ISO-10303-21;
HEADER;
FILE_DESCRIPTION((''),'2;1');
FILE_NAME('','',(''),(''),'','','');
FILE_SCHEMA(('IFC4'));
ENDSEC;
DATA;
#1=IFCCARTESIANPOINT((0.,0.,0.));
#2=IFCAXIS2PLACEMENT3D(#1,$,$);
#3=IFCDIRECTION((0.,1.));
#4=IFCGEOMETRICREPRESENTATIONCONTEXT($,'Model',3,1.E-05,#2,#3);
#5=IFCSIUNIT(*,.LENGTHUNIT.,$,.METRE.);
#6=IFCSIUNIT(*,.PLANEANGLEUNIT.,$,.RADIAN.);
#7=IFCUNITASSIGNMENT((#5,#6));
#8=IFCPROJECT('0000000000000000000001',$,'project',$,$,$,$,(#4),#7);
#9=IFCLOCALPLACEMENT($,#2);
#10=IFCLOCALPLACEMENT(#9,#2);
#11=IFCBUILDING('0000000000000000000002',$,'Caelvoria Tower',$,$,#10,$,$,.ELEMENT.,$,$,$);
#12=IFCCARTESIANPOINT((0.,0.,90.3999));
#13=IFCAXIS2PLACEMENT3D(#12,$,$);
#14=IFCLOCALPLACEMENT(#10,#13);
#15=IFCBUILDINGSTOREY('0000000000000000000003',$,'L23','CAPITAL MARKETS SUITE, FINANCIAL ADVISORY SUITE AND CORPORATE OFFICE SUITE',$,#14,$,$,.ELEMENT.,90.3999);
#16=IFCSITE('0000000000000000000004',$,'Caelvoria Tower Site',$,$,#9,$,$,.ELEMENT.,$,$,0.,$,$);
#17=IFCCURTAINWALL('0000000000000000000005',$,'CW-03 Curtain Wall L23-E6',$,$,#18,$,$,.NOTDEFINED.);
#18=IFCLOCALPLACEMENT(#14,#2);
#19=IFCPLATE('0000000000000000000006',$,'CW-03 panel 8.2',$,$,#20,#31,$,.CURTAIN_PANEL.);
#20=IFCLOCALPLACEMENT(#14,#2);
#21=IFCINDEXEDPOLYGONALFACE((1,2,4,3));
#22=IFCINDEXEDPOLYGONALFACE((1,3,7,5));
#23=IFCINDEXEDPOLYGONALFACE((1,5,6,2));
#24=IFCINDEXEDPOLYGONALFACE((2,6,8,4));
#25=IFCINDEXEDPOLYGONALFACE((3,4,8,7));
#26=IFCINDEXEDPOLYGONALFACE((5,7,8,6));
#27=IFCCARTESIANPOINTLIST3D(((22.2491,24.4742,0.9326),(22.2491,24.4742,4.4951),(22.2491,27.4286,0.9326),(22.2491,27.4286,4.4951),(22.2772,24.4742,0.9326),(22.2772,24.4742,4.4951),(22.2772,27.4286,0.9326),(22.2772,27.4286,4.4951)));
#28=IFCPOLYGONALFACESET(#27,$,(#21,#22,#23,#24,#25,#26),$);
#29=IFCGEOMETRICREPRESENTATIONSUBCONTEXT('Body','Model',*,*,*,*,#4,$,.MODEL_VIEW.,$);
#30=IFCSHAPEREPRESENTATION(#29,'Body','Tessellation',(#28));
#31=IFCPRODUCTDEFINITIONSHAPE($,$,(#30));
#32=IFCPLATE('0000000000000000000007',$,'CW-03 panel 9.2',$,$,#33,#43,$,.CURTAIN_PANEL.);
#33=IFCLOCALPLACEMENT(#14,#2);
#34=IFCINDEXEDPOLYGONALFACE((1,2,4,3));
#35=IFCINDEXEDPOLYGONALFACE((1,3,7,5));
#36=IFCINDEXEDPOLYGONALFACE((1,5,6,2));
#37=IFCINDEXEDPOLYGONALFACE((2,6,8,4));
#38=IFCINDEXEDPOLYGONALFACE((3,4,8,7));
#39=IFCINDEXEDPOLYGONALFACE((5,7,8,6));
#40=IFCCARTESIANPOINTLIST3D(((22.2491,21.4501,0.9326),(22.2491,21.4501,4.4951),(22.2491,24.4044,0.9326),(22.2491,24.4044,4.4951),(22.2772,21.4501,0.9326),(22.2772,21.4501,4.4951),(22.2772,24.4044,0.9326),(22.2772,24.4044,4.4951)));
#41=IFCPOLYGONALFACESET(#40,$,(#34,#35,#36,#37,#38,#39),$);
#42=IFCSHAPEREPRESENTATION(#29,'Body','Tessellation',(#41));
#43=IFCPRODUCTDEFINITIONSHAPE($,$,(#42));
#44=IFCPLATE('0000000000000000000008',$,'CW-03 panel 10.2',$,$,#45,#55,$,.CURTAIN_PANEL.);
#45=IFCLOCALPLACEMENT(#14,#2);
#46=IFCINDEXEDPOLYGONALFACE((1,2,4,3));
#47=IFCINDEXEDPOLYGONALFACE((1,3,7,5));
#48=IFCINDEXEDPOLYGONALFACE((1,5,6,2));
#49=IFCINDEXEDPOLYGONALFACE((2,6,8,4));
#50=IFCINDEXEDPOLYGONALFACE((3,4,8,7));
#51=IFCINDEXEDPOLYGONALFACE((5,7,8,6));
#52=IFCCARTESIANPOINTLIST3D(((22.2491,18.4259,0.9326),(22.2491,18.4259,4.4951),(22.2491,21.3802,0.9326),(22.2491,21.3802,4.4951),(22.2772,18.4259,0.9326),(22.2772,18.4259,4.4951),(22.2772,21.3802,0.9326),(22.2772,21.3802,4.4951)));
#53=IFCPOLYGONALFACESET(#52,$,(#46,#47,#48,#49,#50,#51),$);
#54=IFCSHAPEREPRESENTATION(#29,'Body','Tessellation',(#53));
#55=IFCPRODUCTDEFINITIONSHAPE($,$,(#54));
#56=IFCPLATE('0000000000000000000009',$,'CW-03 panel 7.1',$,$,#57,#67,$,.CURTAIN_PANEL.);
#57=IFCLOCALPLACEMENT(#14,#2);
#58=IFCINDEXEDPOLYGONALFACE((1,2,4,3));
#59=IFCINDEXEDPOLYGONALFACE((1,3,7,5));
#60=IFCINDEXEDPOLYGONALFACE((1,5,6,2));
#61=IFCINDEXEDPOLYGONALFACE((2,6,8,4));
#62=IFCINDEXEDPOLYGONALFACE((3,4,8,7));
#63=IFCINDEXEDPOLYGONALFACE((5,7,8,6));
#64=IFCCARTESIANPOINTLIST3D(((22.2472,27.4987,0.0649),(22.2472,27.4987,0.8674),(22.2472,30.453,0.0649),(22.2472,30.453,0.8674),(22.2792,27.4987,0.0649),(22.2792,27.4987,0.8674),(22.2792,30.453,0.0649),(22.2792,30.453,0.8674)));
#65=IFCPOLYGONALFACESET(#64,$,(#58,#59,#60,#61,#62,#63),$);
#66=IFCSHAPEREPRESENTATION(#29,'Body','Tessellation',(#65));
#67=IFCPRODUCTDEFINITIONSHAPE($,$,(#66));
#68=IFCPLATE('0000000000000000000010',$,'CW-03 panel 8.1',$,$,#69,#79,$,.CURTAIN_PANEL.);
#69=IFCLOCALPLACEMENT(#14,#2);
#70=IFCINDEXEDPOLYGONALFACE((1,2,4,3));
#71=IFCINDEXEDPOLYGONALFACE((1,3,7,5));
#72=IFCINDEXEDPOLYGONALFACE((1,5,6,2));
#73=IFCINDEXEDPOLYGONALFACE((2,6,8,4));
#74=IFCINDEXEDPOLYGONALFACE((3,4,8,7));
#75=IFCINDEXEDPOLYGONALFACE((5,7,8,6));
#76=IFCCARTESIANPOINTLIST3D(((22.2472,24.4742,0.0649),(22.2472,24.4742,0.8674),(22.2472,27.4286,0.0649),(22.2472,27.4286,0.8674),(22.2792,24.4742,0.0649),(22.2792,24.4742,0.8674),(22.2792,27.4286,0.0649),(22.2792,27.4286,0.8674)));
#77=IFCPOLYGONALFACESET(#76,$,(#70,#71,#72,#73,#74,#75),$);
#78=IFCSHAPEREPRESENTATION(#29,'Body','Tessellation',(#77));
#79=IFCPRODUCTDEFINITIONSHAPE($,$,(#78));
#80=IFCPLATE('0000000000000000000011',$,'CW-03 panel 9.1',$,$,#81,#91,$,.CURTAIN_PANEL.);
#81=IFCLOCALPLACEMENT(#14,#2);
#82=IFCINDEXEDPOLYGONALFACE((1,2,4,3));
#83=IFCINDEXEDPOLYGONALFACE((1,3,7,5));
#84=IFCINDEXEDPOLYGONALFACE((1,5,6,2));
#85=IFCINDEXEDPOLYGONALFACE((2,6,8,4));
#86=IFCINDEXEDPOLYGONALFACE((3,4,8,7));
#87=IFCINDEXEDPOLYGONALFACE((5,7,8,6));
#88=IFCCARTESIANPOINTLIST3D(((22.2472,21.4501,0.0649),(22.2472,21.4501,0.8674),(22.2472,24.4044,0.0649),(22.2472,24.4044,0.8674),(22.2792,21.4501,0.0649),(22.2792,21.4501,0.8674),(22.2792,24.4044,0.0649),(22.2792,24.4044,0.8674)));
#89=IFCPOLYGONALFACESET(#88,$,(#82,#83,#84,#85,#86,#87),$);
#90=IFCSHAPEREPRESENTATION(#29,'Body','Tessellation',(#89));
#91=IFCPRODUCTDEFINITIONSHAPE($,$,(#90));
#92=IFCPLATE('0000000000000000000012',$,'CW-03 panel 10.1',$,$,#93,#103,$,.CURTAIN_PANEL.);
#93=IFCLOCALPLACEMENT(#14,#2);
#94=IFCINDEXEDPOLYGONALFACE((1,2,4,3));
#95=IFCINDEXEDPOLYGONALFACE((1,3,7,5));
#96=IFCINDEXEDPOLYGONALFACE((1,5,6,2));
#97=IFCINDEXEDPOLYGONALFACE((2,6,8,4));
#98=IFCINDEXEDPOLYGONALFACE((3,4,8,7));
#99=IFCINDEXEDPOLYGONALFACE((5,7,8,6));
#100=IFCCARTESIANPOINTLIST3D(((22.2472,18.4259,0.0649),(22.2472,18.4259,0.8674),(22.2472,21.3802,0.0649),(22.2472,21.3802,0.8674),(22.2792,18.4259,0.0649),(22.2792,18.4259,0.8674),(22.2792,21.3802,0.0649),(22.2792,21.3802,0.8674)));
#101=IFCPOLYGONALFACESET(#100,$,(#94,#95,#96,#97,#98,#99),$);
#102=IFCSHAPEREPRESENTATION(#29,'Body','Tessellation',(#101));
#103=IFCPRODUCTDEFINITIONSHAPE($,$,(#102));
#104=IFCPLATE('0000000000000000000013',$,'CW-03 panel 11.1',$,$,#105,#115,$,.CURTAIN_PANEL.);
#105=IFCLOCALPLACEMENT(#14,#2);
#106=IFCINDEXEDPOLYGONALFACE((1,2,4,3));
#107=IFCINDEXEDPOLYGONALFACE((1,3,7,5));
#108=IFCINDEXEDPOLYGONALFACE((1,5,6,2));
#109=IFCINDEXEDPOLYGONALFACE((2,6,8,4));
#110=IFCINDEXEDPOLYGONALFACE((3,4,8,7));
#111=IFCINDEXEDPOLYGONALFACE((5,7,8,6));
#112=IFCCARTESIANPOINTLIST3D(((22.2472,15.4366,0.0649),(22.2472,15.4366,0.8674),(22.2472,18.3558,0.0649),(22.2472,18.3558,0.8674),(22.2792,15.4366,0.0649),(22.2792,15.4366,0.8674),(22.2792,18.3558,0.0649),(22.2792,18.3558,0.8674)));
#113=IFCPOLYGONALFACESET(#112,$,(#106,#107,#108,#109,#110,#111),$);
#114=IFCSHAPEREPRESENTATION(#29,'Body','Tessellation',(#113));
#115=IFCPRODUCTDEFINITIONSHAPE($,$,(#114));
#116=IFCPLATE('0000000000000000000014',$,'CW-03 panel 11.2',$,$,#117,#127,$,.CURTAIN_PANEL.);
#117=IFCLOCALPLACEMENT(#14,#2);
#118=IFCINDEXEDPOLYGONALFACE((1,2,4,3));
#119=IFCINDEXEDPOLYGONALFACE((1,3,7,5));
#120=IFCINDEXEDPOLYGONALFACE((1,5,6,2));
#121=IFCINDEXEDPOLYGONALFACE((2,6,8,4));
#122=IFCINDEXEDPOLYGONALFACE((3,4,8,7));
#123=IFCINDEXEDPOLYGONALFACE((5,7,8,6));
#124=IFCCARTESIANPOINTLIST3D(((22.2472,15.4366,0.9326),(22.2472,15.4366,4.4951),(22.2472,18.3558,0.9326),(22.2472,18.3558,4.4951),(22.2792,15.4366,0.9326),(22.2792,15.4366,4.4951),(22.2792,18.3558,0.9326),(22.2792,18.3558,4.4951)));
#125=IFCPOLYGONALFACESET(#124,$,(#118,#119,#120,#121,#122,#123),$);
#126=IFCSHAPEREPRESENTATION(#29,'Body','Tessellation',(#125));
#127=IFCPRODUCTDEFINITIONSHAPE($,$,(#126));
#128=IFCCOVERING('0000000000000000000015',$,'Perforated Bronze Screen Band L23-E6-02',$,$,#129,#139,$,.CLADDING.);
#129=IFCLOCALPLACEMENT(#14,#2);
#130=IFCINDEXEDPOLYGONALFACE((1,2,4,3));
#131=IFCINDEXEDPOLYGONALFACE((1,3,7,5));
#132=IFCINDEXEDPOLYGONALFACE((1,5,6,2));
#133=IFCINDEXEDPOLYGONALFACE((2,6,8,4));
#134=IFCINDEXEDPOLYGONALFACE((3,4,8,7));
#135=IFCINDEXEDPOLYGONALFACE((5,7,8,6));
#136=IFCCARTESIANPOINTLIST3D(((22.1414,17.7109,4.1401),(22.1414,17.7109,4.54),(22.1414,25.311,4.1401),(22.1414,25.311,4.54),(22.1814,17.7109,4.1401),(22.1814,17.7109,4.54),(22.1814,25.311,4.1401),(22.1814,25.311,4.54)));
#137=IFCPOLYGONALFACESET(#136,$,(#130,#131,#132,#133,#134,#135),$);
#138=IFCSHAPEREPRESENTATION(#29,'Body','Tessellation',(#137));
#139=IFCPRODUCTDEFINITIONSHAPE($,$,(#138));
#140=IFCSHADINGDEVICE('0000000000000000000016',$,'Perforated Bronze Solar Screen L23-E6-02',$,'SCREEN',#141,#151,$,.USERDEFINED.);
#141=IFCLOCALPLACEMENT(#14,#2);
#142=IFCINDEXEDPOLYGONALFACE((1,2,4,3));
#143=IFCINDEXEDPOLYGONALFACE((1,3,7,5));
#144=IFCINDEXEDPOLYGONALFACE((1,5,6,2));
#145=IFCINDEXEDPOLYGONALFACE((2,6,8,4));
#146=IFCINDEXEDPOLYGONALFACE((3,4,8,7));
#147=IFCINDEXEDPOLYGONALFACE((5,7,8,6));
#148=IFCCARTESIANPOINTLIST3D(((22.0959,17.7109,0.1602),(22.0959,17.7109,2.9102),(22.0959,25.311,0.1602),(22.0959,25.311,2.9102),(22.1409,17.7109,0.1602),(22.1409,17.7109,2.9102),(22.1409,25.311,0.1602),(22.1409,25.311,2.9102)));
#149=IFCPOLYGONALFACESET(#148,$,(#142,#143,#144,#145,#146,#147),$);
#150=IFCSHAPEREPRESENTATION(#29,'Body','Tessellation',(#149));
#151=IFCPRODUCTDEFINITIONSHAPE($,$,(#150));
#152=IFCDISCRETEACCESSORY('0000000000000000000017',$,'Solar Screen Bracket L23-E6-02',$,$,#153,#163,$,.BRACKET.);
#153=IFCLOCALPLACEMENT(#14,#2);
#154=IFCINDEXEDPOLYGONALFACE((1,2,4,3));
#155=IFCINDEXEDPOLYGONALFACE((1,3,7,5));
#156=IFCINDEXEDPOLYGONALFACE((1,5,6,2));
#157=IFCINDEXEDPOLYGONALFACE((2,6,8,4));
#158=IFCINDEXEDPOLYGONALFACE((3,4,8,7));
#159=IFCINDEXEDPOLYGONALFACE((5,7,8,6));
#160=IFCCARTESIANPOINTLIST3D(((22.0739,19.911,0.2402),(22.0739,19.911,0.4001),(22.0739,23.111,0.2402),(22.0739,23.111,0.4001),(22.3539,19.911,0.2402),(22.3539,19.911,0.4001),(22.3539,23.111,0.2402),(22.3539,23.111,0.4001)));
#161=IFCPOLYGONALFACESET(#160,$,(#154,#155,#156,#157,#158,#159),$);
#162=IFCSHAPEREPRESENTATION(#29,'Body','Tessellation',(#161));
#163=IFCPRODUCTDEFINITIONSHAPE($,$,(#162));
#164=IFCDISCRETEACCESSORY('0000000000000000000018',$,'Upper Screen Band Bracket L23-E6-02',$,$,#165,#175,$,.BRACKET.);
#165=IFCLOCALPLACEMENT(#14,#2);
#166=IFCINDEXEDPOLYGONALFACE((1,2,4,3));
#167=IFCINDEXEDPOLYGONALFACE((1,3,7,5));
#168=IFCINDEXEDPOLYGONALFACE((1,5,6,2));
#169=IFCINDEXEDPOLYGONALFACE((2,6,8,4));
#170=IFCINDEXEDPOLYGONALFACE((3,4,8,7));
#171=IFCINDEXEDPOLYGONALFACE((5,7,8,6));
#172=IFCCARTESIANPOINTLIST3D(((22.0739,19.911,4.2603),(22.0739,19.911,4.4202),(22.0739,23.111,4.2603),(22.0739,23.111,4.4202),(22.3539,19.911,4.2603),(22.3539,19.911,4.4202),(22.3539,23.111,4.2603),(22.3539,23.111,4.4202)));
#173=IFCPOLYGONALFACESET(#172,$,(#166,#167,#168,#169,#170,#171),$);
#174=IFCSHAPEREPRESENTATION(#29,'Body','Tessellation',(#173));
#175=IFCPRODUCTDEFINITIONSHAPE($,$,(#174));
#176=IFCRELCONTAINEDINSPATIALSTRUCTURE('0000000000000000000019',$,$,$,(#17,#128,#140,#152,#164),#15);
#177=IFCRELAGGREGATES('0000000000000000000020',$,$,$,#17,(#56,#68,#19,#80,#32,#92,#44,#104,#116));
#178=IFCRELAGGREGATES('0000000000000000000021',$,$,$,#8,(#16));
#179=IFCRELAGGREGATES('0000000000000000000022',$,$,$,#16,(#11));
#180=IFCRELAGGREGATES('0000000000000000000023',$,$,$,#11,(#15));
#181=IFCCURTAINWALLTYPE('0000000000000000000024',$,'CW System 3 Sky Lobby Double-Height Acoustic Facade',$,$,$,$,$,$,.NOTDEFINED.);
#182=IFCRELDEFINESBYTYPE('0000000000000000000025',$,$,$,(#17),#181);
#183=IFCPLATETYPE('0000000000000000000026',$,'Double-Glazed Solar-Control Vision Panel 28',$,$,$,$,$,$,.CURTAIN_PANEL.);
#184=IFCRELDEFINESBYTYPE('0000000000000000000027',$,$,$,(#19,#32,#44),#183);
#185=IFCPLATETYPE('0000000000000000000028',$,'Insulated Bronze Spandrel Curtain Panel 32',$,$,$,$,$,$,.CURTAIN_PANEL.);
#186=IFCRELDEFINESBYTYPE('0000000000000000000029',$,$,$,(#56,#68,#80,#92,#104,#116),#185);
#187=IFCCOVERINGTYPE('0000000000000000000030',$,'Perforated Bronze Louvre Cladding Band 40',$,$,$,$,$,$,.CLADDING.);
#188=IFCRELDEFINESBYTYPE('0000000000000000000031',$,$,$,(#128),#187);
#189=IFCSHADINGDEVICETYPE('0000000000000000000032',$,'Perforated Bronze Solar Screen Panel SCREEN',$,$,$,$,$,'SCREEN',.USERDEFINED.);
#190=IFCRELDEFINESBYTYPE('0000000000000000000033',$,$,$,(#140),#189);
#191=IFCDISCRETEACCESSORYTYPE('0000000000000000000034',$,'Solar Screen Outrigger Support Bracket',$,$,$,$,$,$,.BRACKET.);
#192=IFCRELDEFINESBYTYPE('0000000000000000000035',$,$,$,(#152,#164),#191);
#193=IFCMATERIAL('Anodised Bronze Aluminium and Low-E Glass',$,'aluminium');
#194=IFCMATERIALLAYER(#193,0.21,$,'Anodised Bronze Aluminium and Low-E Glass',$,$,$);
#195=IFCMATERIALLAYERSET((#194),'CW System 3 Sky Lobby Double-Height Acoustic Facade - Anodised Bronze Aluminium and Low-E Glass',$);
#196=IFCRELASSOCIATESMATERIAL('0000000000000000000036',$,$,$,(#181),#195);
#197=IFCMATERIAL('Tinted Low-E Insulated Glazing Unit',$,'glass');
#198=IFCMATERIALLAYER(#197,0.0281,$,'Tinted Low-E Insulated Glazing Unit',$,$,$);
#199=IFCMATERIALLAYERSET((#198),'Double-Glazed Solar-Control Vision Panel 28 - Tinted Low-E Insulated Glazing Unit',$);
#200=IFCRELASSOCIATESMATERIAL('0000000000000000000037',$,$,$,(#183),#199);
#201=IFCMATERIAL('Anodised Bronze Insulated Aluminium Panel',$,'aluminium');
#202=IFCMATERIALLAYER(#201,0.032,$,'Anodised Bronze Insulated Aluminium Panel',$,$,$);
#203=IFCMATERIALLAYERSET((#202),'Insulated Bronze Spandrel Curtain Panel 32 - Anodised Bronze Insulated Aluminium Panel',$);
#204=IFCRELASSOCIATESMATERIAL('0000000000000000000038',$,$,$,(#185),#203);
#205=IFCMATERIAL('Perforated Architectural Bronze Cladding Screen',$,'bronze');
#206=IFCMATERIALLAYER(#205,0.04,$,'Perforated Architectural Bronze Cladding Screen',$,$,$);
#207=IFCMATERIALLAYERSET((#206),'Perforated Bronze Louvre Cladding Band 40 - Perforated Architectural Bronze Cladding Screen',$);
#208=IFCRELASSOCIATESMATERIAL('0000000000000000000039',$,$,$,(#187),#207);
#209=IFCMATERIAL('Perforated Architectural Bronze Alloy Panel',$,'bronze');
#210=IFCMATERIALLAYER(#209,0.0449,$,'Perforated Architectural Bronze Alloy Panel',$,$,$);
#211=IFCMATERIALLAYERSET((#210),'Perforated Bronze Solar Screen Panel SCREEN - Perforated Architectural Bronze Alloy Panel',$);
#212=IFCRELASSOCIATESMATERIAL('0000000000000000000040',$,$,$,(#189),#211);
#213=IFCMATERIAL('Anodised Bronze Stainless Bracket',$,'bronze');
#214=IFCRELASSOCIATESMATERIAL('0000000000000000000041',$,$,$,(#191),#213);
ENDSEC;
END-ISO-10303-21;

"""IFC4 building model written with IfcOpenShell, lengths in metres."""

from ifc_helpers import new_model, si_unit, direction, frame, origin, origin_2d, place, context, subcontext, project, spatial, rectangle, extrude, material, layer, layer_set, type_object, element, aggregate, save


model = new_model("IFC4")

# Units and contexts
model_context = context("Model", 3, precision=1e-05, world=origin(), true_north=direction((0.0, 1.0)))
body_context = subcontext(model_context, "Body", "Model", "MODEL_VIEW")
ifc_project = project(units=[si_unit("LENGTHUNIT", "METRE"), si_unit("PLANEANGLEUNIT", "RADIAN")], contexts=[model_context])

# Site, building, storey
site_placement = place(None, origin())
site = spatial("IfcSite", under=ifc_project, at=site_placement, Name="Caelvoria Tower Site", CompositionType="ELEMENT", RefElevation=0.0)
building_placement = place(site_placement, origin())
building = spatial("IfcBuilding", under=site, at=building_placement, Name="Caelvoria Tower", CompositionType="ELEMENT")
storey_placement = place(building_placement, frame((0.0, 0.0, 90.3999)))
storey = spatial("IfcBuildingStorey", under=building, at=storey_placement, Name="L23", Description="CAPITAL MARKETS SUITE, FINANCIAL ADVISORY SUITE AND CORPORATE OFFICE SUITE", CompositionType="ELEMENT", Elevation=90.3999)

# Curtain wall
ifc_material_1 = material(Name="Anodised Bronze Aluminium and Low-E Glass", Category="aluminium")
ifc_layer_1 = layer(ifc_material_1, 0.21, Name="Anodised Bronze Aluminium and Low-E Glass")
ifc_layer_set_1 = layer_set([ifc_layer_1], Name="CW System 3 Sky Lobby Double-Height Acoustic Facade - Anodised Bronze Aluminium and Low-E Glass")
curtain_wall_type = type_object("IfcCurtainWallType", Name="CW System 3 Sky Lobby Double-Height Acoustic Facade", PredefinedType="NOTDEFINED", material=ifc_layer_set_1)
curtain_wall_1_placement = place(storey_placement, origin())
curtain_wall_1 = element("IfcCurtainWall", 1, at=curtain_wall_1_placement, inside=storey, type_object=curtain_wall_type, Name="CW-03 Curtain Wall L23-E6", PredefinedType="NOTDEFINED")

# Plates
ifc_material_2 = material(Name="Tinted Low-E Insulated Glazing Unit", Category="glass")
ifc_layer_2 = layer(ifc_material_2, 0.0281, Name="Tinted Low-E Insulated Glazing Unit")
ifc_layer_set_2 = layer_set([ifc_layer_2], Name="Double-Glazed Solar-Control Vision Panel 28 - Tinted Low-E Insulated Glazing Unit")
plate_type_1 = type_object("IfcPlateType", Name="Double-Glazed Solar-Control Vision Panel 28", PredefinedType="CURTAIN_PANEL", material=ifc_layer_set_2)
plate_1_placement = place(storey_placement, frame((22.2632, 25.9514, 0.9326), z_axis=(0.0, 0.0, 1.0), x_axis=(0.0, -1.0, 0.0)))
plate_1 = element("IfcPlate", 2, at=plate_1_placement, type_object=plate_type_1, Name="CW-03 panel 8.2", PredefinedType="CURTAIN_PANEL", context=body_context, shape_type="SweptSolid", body=[
    extrude(rectangle(XDim=2.9543, YDim=0.0281, at=origin_2d()), origin(), (0.0, 0.0, 1.0), 3.5625),
])
plate_2_placement = place(storey_placement, frame((22.2632, 22.9272, 0.9326), z_axis=(0.0, 0.0, 1.0), x_axis=(0.0, -1.0, 0.0)))
plate_2 = element("IfcPlate", 3, at=plate_2_placement, type_object=plate_type_1, Name="CW-03 panel 9.2", PredefinedType="CURTAIN_PANEL", context=body_context, shape_type="SweptSolid", body=[
    extrude(rectangle(XDim=2.9543, YDim=0.0281, at=origin_2d()), origin(), (0.0, 0.0, 1.0), 3.5625),
])
plate_3_placement = place(storey_placement, frame((22.2632, 19.9031, 0.9326), z_axis=(0.0, 0.0, 1.0), x_axis=(0.0, -1.0, 0.0)))
plate_3 = element("IfcPlate", 4, at=plate_3_placement, type_object=plate_type_1, Name="CW-03 panel 10.2", PredefinedType="CURTAIN_PANEL", context=body_context, shape_type="SweptSolid", body=[
    extrude(rectangle(XDim=2.9543, YDim=0.0281, at=origin_2d()), origin(), (0.0, 0.0, 1.0), 3.5625),
])
ifc_material_3 = material(Name="Anodised Bronze Insulated Aluminium Panel", Category="aluminium")
ifc_layer_3 = layer(ifc_material_3, 0.032, Name="Anodised Bronze Insulated Aluminium Panel")
ifc_layer_set_3 = layer_set([ifc_layer_3], Name="Insulated Bronze Spandrel Curtain Panel 32 - Anodised Bronze Insulated Aluminium Panel")
plate_type_2 = type_object("IfcPlateType", Name="Insulated Bronze Spandrel Curtain Panel 32", PredefinedType="CURTAIN_PANEL", material=ifc_layer_set_3)
plate_4_placement = place(storey_placement, frame((22.2632, 28.9758, 0.0649), z_axis=(0.0, 0.0, 1.0), x_axis=(0.0, -1.0, 0.0)))
plate_4 = element("IfcPlate", 5, at=plate_4_placement, type_object=plate_type_2, Name="CW-03 panel 7.1", PredefinedType="CURTAIN_PANEL", context=body_context, shape_type="SweptSolid", body=[
    extrude(rectangle(XDim=2.9543, YDim=0.032, at=origin_2d()), origin(), (0.0, 0.0, 1.0), 0.8025),
])
plate_5_placement = place(storey_placement, frame((22.2632, 25.9514, 0.0649), z_axis=(0.0, 0.0, 1.0), x_axis=(0.0, -1.0, 0.0)))
plate_5 = element("IfcPlate", 6, at=plate_5_placement, type_object=plate_type_2, Name="CW-03 panel 8.1", PredefinedType="CURTAIN_PANEL", context=body_context, shape_type="SweptSolid", body=[
    extrude(rectangle(XDim=2.9543, YDim=0.032, at=origin_2d()), origin(), (0.0, 0.0, 1.0), 0.8025),
])
plate_6_placement = place(storey_placement, frame((22.2632, 22.9272, 0.0649), z_axis=(0.0, 0.0, 1.0), x_axis=(0.0, -1.0, 0.0)))
plate_6 = element("IfcPlate", 7, at=plate_6_placement, type_object=plate_type_2, Name="CW-03 panel 9.1", PredefinedType="CURTAIN_PANEL", context=body_context, shape_type="SweptSolid", body=[
    extrude(rectangle(XDim=2.9543, YDim=0.032, at=origin_2d()), origin(), (0.0, 0.0, 1.0), 0.8025),
])
plate_7_placement = place(storey_placement, frame((22.2632, 19.9031, 0.0649), z_axis=(0.0, 0.0, 1.0), x_axis=(0.0, -1.0, 0.0)))
plate_7 = element("IfcPlate", 8, at=plate_7_placement, type_object=plate_type_2, Name="CW-03 panel 10.1", PredefinedType="CURTAIN_PANEL", context=body_context, shape_type="SweptSolid", body=[
    extrude(rectangle(XDim=2.9543, YDim=0.032, at=origin_2d()), origin(), (0.0, 0.0, 1.0), 0.8025),
])
plate_8_placement = place(storey_placement, frame((22.2632, 16.8962, 0.0649), z_axis=(0.0, 0.0, 1.0), x_axis=(0.0, -1.0, 0.0)))
plate_8 = element("IfcPlate", 9, at=plate_8_placement, type_object=plate_type_2, Name="CW-03 panel 11.1", PredefinedType="CURTAIN_PANEL", context=body_context, shape_type="SweptSolid", body=[
    extrude(rectangle(XDim=2.9192, YDim=0.032, at=origin_2d()), origin(), (0.0, 0.0, 1.0), 0.8025),
])
plate_9_placement = place(storey_placement, frame((22.2632, 16.8962, 0.9326), z_axis=(0.0, 0.0, 1.0), x_axis=(0.0, -1.0, 0.0)))
plate_9 = element("IfcPlate", 10, at=plate_9_placement, type_object=plate_type_2, Name="CW-03 panel 11.2", PredefinedType="CURTAIN_PANEL", context=body_context, shape_type="SweptSolid", body=[
    extrude(rectangle(XDim=2.9192, YDim=0.032, at=origin_2d()), origin(), (0.0, 0.0, 1.0), 3.5625),
])
aggregate(curtain_wall_1, [plate_4, plate_5, plate_1, plate_6, plate_2, plate_7, plate_3, plate_8, plate_9])

# Covering
ifc_material_4 = material(Name="Perforated Architectural Bronze Cladding Screen", Category="bronze")
ifc_layer_4 = layer(ifc_material_4, 0.04, Name="Perforated Architectural Bronze Cladding Screen")
ifc_layer_set_4 = layer_set([ifc_layer_4], Name="Perforated Bronze Louvre Cladding Band 40 - Perforated Architectural Bronze Cladding Screen")
covering_type = type_object("IfcCoveringType", Name="Perforated Bronze Louvre Cladding Band 40", PredefinedType="CLADDING", material=ifc_layer_set_4)
covering_placement = place(storey_placement, frame((22.1614, 21.511, 4.1401), z_axis=(0.0, 0.0, 1.0), x_axis=(0.0, -1.0, 0.0)))
element("IfcCovering", 11, at=covering_placement, inside=storey, type_object=covering_type, Name="Perforated Bronze Screen Band L23-E6-02", PredefinedType="CLADDING", context=body_context, shape_type="SweptSolid", body=[
    extrude(rectangle(XDim=7.6001, YDim=0.04, at=origin_2d()), origin(), (0.0, 0.0, 1.0), 0.3999),
])

# Shading device
ifc_material_5 = material(Name="Perforated Architectural Bronze Alloy Panel", Category="bronze")
ifc_layer_5 = layer(ifc_material_5, 0.0449, Name="Perforated Architectural Bronze Alloy Panel")
ifc_layer_set_5 = layer_set([ifc_layer_5], Name="Perforated Bronze Solar Screen Panel SCREEN - Perforated Architectural Bronze Alloy Panel")
shading_device_type = type_object("IfcShadingDeviceType", Name="Perforated Bronze Solar Screen Panel SCREEN", ElementType="SCREEN", PredefinedType="USERDEFINED", material=ifc_layer_set_5)
shading_device_placement = place(storey_placement, frame((22.1184, 21.511, 0.1602), z_axis=(0.0, 0.0, 1.0), x_axis=(0.0, -1.0, 0.0)))
element("IfcShadingDevice", 12, at=shading_device_placement, inside=storey, type_object=shading_device_type, Name="Perforated Bronze Solar Screen L23-E6-02", ObjectType="SCREEN", PredefinedType="USERDEFINED", context=body_context, shape_type="SweptSolid", body=[
    extrude(rectangle(XDim=7.6001, YDim=0.0449, at=origin_2d()), origin(), (0.0, 0.0, 1.0), 2.75),
])

# Discrete accessories
ifc_material_6 = material(Name="Anodised Bronze Stainless Bracket", Category="bronze")
discrete_accessory_type = type_object("IfcDiscreteAccessoryType", Name="Solar Screen Outrigger Support Bracket", PredefinedType="BRACKET", material=ifc_material_6)
for number, where, z_axis, x_axis, name in (
    (13, (22.2139, 21.511, 0.2402), (0.0, 0.0, 1.0), (0.0, -1.0, 0.0), "Solar Screen Bracket L23-E6-02"),
    (14, (22.2139, 21.511, 4.2603), (0.0, 0.0, 1.0), (0.0, -1.0, 0.0), "Upper Screen Band Bracket L23-E6-02"),
):
    element("IfcDiscreteAccessory", number, at=place(storey_placement, frame(where, z_axis=z_axis, x_axis=x_axis)), inside=storey, type_object=discrete_accessory_type, Name=name, PredefinedType="BRACKET", context=body_context, shape_type="SweptSolid", body=[
        extrude(rectangle(XDim=3.2, YDim=0.28, at=origin_2d()), origin(), (0.0, 0.0, 1.0), 0.1599),
    ])

save(model, "model.ifc")
